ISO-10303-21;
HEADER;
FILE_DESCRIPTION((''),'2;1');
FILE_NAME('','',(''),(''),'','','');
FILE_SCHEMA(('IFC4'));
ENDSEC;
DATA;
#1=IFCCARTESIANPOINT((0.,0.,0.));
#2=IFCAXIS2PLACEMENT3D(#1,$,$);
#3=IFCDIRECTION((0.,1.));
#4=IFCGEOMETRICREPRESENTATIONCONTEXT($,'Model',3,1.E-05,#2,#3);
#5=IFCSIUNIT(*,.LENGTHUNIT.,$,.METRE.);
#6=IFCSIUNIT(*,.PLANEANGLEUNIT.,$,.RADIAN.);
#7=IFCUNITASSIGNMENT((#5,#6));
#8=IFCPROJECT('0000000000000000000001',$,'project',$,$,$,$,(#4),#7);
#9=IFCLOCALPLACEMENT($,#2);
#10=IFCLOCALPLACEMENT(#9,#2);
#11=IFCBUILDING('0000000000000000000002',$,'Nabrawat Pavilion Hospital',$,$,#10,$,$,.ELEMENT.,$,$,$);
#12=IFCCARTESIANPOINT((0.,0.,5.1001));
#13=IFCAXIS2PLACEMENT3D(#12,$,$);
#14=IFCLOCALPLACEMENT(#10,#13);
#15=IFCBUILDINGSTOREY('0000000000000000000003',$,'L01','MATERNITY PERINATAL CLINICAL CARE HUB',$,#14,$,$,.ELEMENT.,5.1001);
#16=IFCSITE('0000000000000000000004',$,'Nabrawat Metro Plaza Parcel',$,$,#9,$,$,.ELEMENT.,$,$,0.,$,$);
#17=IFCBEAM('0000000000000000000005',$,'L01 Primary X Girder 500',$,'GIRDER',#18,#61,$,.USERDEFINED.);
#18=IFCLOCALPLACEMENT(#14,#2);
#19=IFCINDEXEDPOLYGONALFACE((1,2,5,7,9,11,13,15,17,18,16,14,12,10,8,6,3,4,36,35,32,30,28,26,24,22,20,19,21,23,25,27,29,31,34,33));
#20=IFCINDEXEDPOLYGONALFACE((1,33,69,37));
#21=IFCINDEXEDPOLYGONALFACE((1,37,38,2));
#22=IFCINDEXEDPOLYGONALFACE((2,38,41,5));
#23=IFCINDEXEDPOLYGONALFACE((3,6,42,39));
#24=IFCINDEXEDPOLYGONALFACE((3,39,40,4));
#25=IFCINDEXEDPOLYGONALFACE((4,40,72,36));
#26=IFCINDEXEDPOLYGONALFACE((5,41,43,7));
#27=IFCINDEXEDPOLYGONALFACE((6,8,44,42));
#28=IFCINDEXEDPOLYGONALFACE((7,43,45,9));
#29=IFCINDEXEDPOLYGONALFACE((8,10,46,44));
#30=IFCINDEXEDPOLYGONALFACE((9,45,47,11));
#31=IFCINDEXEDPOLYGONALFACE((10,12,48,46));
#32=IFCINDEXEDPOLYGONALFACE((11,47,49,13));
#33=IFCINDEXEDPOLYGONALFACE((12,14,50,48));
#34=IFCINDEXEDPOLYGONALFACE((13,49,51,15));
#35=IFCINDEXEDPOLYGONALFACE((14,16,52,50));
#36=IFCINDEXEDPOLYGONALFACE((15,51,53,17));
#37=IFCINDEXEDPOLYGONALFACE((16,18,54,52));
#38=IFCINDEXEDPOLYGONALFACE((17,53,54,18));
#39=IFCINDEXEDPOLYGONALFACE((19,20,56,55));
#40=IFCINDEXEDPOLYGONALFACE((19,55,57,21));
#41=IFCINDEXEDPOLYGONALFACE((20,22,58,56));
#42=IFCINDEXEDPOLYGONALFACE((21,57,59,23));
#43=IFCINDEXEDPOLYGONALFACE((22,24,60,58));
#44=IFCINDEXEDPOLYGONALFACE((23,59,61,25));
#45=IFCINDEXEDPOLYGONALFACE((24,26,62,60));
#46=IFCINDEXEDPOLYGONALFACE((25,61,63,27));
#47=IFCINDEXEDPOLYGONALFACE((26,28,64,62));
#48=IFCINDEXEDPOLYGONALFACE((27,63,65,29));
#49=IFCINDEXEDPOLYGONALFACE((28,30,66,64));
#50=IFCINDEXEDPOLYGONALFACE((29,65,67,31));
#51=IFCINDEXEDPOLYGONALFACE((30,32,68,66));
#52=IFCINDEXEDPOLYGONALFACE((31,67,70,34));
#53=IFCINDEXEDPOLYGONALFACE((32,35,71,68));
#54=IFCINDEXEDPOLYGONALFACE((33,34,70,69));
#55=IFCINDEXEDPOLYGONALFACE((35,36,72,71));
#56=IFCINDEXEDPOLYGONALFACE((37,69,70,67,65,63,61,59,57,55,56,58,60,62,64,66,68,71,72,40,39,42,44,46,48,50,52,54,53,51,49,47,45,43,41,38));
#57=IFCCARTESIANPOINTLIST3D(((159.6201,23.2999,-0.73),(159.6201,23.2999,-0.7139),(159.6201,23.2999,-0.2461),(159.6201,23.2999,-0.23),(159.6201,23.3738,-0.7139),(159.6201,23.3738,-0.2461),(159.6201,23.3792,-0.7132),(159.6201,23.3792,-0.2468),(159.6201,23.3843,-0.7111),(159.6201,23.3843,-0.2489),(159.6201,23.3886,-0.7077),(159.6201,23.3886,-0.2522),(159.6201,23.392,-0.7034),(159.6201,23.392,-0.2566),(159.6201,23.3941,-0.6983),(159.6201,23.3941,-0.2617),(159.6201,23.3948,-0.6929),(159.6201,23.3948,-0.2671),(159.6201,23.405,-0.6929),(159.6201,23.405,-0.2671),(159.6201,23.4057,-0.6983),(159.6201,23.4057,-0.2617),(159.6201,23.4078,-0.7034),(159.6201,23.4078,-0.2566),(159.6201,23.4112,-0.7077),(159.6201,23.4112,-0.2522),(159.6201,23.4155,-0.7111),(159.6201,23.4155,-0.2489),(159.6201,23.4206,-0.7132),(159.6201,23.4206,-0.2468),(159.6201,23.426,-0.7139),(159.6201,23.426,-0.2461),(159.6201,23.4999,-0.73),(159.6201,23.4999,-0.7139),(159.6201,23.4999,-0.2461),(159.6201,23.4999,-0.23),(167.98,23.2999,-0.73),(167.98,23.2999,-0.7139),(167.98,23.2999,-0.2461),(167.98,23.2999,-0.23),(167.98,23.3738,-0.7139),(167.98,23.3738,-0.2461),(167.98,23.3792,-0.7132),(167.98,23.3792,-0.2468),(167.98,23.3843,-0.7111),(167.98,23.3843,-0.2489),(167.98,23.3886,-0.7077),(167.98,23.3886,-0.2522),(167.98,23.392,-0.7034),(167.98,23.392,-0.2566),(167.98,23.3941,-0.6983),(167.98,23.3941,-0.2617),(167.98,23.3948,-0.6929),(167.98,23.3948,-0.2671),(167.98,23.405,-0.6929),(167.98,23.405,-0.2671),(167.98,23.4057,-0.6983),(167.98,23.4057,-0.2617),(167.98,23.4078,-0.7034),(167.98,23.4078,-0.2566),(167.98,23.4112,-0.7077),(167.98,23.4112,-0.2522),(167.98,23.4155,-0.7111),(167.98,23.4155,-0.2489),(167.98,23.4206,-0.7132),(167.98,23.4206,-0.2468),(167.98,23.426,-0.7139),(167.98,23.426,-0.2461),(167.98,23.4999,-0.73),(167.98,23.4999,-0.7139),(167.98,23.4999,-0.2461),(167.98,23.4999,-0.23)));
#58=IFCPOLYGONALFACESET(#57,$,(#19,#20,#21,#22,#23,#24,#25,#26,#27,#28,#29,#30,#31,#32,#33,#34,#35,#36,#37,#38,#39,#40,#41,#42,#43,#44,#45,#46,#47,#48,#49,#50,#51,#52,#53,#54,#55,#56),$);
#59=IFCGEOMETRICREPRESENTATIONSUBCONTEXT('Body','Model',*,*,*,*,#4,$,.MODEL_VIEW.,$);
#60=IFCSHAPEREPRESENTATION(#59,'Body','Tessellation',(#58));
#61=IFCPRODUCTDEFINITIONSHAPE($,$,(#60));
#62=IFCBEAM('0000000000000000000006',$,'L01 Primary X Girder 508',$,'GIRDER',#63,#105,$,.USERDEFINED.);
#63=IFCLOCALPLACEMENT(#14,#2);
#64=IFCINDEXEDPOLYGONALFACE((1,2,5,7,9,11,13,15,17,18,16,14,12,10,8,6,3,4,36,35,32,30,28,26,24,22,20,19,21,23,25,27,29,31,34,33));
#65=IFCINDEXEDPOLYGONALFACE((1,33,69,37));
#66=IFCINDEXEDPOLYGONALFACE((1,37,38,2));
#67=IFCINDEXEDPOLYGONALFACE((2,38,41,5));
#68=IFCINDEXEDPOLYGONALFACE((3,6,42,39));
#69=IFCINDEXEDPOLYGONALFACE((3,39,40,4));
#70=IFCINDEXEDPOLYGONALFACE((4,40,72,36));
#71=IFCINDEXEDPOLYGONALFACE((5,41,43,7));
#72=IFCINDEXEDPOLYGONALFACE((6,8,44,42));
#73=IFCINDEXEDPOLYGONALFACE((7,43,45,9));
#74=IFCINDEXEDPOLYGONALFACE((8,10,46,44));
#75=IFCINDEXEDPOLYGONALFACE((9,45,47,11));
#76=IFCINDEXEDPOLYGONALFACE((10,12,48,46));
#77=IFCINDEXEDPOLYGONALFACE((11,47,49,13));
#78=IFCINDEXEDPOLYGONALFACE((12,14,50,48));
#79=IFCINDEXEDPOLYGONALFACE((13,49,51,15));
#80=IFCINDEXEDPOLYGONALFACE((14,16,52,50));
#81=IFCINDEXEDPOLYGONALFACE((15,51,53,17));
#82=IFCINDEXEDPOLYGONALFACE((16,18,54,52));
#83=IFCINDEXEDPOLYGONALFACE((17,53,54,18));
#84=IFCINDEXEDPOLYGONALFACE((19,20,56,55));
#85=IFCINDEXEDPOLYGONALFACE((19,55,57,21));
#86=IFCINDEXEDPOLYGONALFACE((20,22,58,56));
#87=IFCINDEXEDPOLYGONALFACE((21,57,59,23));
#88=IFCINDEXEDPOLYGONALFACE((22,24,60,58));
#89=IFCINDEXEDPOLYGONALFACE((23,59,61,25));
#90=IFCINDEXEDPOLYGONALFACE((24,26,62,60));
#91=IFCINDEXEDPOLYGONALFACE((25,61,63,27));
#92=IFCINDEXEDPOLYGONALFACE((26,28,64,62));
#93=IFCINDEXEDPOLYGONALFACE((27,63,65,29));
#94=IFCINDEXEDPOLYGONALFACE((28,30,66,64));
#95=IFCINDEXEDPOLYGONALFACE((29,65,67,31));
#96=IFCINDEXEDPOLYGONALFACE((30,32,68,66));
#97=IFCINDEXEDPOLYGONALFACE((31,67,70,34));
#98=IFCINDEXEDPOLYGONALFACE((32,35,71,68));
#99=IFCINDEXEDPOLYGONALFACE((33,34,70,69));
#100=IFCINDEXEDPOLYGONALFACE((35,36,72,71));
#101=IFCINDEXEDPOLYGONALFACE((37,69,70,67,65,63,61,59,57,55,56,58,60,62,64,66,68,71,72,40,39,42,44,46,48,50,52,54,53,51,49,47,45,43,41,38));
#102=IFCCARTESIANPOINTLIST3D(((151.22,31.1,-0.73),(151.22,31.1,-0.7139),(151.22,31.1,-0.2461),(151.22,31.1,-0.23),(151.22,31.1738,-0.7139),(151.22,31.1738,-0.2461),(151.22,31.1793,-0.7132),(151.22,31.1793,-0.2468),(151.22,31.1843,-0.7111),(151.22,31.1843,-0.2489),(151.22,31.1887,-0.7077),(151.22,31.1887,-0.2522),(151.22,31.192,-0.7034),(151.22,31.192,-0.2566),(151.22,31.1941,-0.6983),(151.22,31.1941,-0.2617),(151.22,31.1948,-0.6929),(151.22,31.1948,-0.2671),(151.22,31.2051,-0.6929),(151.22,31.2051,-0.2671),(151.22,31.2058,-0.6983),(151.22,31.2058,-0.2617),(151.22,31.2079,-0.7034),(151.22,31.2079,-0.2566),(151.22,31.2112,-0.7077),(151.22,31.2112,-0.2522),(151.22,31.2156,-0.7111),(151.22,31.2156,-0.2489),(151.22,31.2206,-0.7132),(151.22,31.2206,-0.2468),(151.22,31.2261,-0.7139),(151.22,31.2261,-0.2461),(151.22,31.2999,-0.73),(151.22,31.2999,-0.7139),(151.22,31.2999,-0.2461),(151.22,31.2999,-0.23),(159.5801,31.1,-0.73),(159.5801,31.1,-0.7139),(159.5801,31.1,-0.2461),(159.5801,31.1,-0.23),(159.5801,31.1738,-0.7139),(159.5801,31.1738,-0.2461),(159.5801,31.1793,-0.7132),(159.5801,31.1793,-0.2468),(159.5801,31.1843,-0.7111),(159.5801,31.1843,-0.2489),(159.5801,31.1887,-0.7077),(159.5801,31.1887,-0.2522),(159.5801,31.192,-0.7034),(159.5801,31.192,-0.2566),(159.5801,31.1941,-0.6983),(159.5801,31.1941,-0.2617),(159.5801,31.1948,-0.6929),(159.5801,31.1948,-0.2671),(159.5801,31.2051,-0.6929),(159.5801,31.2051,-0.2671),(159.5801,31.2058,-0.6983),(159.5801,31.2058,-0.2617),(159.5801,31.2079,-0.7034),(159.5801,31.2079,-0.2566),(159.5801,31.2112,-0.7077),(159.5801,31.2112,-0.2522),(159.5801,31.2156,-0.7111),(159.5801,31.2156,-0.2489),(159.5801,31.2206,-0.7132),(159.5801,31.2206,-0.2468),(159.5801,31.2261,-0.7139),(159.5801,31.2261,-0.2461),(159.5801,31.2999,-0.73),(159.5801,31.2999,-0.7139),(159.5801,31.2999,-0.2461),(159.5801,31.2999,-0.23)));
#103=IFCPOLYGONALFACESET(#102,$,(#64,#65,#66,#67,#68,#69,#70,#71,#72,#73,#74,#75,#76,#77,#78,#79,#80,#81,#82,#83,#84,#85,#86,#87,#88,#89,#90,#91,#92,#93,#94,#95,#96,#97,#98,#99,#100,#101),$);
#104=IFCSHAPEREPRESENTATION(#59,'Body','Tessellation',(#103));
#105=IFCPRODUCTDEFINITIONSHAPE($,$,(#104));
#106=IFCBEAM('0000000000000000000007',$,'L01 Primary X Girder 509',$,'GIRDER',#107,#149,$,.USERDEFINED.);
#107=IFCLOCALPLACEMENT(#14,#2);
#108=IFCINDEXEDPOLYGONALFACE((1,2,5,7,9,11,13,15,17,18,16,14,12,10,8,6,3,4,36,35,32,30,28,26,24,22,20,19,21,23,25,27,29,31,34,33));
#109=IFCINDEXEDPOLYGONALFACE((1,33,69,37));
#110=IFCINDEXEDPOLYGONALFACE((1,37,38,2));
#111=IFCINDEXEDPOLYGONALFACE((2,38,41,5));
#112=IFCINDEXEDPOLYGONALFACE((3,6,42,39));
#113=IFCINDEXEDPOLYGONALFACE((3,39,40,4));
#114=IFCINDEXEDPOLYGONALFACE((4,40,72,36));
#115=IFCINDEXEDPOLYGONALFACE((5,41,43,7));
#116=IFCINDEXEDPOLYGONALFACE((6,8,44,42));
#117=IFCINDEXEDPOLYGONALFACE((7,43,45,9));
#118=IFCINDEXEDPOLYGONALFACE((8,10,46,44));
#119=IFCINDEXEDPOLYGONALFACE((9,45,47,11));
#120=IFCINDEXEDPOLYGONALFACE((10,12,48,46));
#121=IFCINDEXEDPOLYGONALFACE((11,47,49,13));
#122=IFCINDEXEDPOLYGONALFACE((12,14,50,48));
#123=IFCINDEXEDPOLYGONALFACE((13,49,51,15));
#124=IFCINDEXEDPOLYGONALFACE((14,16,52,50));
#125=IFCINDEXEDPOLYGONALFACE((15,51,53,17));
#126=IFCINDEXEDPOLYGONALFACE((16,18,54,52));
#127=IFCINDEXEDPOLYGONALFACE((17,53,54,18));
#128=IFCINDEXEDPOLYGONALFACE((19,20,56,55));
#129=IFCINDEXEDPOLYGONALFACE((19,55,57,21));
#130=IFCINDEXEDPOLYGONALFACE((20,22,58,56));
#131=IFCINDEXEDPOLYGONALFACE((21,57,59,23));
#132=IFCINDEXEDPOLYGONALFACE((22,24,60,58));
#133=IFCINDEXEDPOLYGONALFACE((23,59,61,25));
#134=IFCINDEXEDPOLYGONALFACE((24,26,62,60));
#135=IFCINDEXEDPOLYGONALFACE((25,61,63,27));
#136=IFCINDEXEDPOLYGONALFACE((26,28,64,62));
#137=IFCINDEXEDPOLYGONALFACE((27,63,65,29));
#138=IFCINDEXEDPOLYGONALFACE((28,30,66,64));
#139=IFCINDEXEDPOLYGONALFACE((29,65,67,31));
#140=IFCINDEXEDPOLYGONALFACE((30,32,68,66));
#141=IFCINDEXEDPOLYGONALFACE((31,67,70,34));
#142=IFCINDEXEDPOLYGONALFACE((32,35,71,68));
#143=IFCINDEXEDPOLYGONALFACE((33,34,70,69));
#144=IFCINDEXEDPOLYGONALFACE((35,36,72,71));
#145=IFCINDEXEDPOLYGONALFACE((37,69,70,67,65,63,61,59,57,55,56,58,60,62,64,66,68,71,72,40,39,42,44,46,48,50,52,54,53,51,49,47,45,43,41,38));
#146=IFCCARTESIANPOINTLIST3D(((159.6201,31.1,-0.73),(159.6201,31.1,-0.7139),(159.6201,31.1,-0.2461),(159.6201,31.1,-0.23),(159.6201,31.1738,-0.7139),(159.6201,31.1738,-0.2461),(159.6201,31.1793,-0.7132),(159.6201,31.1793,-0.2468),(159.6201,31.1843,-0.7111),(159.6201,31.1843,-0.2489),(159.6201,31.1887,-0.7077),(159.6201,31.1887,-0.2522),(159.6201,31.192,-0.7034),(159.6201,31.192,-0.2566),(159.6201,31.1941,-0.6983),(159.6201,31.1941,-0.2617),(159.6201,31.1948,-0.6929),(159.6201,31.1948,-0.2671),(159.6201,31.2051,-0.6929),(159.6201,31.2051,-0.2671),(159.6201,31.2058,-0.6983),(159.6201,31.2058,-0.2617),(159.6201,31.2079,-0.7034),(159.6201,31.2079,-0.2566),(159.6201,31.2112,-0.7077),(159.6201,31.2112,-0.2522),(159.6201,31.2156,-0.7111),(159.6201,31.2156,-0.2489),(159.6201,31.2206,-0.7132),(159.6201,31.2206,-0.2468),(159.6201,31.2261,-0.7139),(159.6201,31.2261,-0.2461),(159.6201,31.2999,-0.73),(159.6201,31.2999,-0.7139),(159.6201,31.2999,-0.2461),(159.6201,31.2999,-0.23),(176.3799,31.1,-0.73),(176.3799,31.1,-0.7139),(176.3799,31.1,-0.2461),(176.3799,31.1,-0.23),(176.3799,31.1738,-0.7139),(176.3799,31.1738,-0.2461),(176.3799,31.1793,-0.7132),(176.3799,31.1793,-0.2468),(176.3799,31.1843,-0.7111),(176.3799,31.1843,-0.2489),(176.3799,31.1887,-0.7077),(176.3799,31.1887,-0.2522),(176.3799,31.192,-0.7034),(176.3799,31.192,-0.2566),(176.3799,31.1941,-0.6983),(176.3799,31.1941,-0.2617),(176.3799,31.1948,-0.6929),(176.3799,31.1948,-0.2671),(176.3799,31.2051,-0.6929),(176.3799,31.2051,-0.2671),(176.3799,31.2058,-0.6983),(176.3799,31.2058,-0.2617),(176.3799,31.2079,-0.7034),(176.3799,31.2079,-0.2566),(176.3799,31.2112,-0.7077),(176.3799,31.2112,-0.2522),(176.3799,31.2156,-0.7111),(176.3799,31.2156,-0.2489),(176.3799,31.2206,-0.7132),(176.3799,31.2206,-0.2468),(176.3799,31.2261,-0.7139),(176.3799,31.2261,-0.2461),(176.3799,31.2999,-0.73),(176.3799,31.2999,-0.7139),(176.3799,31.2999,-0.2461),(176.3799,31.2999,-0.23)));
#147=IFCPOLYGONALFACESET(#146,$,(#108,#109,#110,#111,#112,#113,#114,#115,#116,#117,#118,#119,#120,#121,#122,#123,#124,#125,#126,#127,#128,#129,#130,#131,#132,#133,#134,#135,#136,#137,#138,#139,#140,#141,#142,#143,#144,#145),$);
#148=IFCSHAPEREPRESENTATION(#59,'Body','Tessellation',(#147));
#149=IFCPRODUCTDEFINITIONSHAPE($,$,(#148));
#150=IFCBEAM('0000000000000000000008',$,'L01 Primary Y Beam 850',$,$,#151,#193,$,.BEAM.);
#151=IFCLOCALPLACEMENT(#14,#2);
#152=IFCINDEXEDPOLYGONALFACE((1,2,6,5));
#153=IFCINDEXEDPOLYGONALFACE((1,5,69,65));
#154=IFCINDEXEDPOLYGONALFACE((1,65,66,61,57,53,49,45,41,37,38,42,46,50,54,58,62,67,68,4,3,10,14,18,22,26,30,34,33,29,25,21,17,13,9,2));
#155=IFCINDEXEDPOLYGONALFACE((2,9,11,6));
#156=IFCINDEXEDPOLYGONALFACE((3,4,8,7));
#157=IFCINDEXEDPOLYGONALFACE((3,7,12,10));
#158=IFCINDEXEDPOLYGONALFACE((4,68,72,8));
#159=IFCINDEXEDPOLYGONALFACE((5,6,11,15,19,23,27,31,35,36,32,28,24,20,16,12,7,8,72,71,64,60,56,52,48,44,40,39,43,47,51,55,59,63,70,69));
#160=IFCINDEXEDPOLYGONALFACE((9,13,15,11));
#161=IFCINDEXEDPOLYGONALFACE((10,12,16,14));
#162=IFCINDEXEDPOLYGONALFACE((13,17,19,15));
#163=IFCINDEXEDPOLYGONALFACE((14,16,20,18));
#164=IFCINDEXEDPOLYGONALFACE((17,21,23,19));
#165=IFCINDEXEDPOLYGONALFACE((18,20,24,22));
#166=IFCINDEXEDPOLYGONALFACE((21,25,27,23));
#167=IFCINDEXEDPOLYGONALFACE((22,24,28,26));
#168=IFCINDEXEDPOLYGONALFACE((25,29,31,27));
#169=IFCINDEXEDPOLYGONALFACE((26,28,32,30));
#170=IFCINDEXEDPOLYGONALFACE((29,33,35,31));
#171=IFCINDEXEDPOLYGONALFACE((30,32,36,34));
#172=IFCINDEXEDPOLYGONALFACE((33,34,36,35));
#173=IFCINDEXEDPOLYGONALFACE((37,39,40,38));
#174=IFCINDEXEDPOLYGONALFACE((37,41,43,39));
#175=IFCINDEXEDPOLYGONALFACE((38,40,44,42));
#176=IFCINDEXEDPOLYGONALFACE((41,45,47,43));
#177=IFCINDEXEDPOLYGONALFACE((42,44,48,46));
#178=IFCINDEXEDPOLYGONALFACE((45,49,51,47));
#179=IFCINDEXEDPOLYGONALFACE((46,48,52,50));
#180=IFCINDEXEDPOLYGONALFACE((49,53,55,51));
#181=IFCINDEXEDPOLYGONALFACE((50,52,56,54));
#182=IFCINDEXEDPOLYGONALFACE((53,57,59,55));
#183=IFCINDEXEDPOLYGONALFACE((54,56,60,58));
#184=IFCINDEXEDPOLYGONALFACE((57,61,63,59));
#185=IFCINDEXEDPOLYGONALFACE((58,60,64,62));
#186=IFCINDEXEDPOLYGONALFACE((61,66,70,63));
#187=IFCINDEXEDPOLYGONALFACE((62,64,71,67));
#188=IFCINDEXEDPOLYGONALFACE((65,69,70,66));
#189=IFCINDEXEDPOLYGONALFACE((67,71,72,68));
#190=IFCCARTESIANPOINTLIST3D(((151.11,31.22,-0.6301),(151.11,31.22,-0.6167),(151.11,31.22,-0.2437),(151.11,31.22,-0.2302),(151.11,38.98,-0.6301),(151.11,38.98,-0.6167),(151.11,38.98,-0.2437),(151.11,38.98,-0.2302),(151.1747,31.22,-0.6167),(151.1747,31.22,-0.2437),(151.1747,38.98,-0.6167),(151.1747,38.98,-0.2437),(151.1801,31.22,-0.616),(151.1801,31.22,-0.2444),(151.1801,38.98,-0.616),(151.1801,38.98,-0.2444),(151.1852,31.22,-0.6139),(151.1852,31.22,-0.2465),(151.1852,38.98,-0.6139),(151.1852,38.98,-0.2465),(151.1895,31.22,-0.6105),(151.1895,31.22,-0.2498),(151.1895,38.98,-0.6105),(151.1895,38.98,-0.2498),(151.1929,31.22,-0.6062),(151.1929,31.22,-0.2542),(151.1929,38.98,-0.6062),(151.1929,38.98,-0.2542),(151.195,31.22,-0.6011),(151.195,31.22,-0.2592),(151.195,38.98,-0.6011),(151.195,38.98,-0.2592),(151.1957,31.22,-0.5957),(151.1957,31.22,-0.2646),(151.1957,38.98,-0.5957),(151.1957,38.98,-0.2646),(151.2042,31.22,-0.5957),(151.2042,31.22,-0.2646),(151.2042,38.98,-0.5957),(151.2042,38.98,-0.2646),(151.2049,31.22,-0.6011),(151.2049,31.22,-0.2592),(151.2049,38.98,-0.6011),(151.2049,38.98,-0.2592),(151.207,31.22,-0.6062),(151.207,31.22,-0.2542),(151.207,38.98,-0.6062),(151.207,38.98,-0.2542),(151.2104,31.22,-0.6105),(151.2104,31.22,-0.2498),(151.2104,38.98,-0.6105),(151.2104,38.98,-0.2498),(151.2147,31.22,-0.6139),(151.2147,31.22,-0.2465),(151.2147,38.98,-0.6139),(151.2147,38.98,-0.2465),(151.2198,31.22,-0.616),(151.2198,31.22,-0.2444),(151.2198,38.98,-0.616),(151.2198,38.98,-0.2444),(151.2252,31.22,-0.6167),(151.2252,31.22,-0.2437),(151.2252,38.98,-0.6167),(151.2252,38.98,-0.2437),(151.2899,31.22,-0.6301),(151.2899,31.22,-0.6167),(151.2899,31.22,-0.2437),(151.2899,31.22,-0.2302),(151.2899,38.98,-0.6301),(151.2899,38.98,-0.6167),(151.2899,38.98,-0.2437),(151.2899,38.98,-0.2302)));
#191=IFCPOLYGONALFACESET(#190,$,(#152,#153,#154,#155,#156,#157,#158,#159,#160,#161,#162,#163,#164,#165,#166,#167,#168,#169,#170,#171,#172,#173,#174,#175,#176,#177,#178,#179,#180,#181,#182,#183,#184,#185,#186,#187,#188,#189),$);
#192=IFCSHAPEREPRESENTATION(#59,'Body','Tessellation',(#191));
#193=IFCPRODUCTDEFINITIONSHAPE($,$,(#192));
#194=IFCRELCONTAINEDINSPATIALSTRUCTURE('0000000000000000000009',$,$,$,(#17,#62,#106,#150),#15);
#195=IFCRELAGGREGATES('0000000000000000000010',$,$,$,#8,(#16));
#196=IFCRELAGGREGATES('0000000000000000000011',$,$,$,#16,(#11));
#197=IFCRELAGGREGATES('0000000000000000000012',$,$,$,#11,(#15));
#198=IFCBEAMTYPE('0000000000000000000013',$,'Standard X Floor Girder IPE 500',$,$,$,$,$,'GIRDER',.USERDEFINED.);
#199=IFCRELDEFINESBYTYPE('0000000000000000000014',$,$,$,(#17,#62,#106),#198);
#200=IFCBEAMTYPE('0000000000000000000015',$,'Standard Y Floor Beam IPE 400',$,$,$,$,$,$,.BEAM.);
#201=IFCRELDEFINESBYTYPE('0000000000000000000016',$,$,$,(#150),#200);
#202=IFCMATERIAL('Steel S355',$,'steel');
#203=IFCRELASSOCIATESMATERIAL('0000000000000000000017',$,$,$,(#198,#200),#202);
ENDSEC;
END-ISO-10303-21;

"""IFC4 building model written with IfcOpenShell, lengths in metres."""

from ifc_helpers import new_model, si_unit, direction, frame, origin, origin_2d, place, context, subcontext, project, spatial, i_section, extrude, material, material_profile, profile_set, type_object, element, save


model = new_model("IFC4")

# Units and contexts
model_context = context("Model", 3, precision=1e-05, world=origin(), true_north=direction((0.0, 1.0)))
body_context = subcontext(model_context, "Body", "Model", "MODEL_VIEW")
ifc_project = project(units=[si_unit("LENGTHUNIT", "METRE"), si_unit("PLANEANGLEUNIT", "RADIAN")], contexts=[model_context])

# Site, building, storey
site_placement = place(None, origin())
site = spatial("IfcSite", under=ifc_project, at=site_placement, Name="Nabrawat Metro Plaza Parcel", CompositionType="ELEMENT", RefElevation=0.0)
building_placement = place(site_placement, origin())
building = spatial("IfcBuilding", under=site, at=building_placement, Name="Nabrawat Pavilion Hospital", CompositionType="ELEMENT")
storey_placement = place(building_placement, frame((0.0, 0.0, 5.1001)))
storey = spatial("IfcBuildingStorey", under=building, at=storey_placement, Name="L01", Description="MATERNITY PERINATAL CLINICAL CARE HUB", CompositionType="ELEMENT", Elevation=5.1001)

# Shared definitions
ifc_material_1 = material(Name="Steel S355", Category="steel")

# Beams
ifc_material_profile_1 = material_profile(ifc_material_1, i_section(OverallWidth=0.2, OverallDepth=0.5, WebThickness=0.0103, FlangeThickness=0.0161, FilletRadius=0.021, at=origin_2d()), Name="IPE 500")
ifc_profile_set_1 = profile_set([ifc_material_profile_1], Name="Steel S355")
beam_type_1 = type_object("IfcBeamType", Name="Standard X Floor Girder IPE 500", ElementType="GIRDER", PredefinedType="USERDEFINED", material=ifc_profile_set_1)
beam_1_placement = place(storey_placement, frame((159.6201, 23.3999, -0.48), z_axis=(1.0, 0.0, 0.0), x_axis=(0.0, 1.0, 0.0)))
element("IfcBeam", 1, at=beam_1_placement, inside=storey, type_object=beam_type_1, Name="L01 Primary X Girder 500", ObjectType="GIRDER", PredefinedType="USERDEFINED", context=body_context, shape_type="SweptSolid", body=[
    extrude(i_section(OverallWidth=0.2, OverallDepth=0.5, WebThickness=0.0103, FlangeThickness=0.0161, FilletRadius=0.021, at=origin_2d()), origin(), (0.0, 0.0, 1.0), 8.3599),
])
beam_2_placement = place(storey_placement, frame((151.22, 31.2, -0.48), z_axis=(1.0, 0.0, 0.0), x_axis=(0.0, 1.0, 0.0)))
element("IfcBeam", 2, at=beam_2_placement, inside=storey, type_object=beam_type_1, Name="L01 Primary X Girder 508", ObjectType="GIRDER", PredefinedType="USERDEFINED", context=body_context, shape_type="SweptSolid", body=[
    extrude(i_section(OverallWidth=0.2, OverallDepth=0.5, WebThickness=0.0103, FlangeThickness=0.0161, FilletRadius=0.021, at=origin_2d()), origin(), (0.0, 0.0, 1.0), 8.3601),
])
beam_3_placement = place(storey_placement, frame((159.6201, 31.2, -0.48), z_axis=(1.0, 0.0, 0.0), x_axis=(0.0, 1.0, 0.0)))
element("IfcBeam", 3, at=beam_3_placement, inside=storey, type_object=beam_type_1, Name="L01 Primary X Girder 509", ObjectType="GIRDER", PredefinedType="USERDEFINED", context=body_context, shape_type="SweptSolid", body=[
    extrude(i_section(OverallWidth=0.2, OverallDepth=0.5, WebThickness=0.0103, FlangeThickness=0.0161, FilletRadius=0.021, at=origin_2d()), origin(), (0.0, 0.0, 1.0), 16.7598),
])
ifc_material_profile_2 = material_profile(ifc_material_1, i_section(OverallWidth=0.1799, OverallDepth=0.3999, WebThickness=0.0085, FlangeThickness=0.0134, FilletRadius=0.021, at=origin_2d()), Name="IPE 400")
ifc_profile_set_2 = profile_set([ifc_material_profile_2], Name="Steel S355")
beam_type_2 = type_object("IfcBeamType", Name="Standard Y Floor Beam IPE 400", PredefinedType="BEAM", material=ifc_profile_set_2)
for number, where, z_axis, x_axis, name in (
    (4, (151.2, 31.22, -0.4302), (0.0, 1.0, 0.0), (-1.0, 0.0, 0.0), "L01 Primary Y Beam 850"),
):
    element("IfcBeam", number, at=place(storey_placement, frame(where, z_axis=z_axis, x_axis=x_axis)), inside=storey, type_object=beam_type_2, Name=name, PredefinedType="BEAM", context=body_context, shape_type="SweptSolid", body=[
        extrude(i_section(OverallWidth=0.1799, OverallDepth=0.3999, WebThickness=0.0085, FlangeThickness=0.0134, FilletRadius=0.021, at=origin_2d()), origin(), (0.0, 0.0, 1.0), 7.76),
    ])

save(model, "model.ifc")
